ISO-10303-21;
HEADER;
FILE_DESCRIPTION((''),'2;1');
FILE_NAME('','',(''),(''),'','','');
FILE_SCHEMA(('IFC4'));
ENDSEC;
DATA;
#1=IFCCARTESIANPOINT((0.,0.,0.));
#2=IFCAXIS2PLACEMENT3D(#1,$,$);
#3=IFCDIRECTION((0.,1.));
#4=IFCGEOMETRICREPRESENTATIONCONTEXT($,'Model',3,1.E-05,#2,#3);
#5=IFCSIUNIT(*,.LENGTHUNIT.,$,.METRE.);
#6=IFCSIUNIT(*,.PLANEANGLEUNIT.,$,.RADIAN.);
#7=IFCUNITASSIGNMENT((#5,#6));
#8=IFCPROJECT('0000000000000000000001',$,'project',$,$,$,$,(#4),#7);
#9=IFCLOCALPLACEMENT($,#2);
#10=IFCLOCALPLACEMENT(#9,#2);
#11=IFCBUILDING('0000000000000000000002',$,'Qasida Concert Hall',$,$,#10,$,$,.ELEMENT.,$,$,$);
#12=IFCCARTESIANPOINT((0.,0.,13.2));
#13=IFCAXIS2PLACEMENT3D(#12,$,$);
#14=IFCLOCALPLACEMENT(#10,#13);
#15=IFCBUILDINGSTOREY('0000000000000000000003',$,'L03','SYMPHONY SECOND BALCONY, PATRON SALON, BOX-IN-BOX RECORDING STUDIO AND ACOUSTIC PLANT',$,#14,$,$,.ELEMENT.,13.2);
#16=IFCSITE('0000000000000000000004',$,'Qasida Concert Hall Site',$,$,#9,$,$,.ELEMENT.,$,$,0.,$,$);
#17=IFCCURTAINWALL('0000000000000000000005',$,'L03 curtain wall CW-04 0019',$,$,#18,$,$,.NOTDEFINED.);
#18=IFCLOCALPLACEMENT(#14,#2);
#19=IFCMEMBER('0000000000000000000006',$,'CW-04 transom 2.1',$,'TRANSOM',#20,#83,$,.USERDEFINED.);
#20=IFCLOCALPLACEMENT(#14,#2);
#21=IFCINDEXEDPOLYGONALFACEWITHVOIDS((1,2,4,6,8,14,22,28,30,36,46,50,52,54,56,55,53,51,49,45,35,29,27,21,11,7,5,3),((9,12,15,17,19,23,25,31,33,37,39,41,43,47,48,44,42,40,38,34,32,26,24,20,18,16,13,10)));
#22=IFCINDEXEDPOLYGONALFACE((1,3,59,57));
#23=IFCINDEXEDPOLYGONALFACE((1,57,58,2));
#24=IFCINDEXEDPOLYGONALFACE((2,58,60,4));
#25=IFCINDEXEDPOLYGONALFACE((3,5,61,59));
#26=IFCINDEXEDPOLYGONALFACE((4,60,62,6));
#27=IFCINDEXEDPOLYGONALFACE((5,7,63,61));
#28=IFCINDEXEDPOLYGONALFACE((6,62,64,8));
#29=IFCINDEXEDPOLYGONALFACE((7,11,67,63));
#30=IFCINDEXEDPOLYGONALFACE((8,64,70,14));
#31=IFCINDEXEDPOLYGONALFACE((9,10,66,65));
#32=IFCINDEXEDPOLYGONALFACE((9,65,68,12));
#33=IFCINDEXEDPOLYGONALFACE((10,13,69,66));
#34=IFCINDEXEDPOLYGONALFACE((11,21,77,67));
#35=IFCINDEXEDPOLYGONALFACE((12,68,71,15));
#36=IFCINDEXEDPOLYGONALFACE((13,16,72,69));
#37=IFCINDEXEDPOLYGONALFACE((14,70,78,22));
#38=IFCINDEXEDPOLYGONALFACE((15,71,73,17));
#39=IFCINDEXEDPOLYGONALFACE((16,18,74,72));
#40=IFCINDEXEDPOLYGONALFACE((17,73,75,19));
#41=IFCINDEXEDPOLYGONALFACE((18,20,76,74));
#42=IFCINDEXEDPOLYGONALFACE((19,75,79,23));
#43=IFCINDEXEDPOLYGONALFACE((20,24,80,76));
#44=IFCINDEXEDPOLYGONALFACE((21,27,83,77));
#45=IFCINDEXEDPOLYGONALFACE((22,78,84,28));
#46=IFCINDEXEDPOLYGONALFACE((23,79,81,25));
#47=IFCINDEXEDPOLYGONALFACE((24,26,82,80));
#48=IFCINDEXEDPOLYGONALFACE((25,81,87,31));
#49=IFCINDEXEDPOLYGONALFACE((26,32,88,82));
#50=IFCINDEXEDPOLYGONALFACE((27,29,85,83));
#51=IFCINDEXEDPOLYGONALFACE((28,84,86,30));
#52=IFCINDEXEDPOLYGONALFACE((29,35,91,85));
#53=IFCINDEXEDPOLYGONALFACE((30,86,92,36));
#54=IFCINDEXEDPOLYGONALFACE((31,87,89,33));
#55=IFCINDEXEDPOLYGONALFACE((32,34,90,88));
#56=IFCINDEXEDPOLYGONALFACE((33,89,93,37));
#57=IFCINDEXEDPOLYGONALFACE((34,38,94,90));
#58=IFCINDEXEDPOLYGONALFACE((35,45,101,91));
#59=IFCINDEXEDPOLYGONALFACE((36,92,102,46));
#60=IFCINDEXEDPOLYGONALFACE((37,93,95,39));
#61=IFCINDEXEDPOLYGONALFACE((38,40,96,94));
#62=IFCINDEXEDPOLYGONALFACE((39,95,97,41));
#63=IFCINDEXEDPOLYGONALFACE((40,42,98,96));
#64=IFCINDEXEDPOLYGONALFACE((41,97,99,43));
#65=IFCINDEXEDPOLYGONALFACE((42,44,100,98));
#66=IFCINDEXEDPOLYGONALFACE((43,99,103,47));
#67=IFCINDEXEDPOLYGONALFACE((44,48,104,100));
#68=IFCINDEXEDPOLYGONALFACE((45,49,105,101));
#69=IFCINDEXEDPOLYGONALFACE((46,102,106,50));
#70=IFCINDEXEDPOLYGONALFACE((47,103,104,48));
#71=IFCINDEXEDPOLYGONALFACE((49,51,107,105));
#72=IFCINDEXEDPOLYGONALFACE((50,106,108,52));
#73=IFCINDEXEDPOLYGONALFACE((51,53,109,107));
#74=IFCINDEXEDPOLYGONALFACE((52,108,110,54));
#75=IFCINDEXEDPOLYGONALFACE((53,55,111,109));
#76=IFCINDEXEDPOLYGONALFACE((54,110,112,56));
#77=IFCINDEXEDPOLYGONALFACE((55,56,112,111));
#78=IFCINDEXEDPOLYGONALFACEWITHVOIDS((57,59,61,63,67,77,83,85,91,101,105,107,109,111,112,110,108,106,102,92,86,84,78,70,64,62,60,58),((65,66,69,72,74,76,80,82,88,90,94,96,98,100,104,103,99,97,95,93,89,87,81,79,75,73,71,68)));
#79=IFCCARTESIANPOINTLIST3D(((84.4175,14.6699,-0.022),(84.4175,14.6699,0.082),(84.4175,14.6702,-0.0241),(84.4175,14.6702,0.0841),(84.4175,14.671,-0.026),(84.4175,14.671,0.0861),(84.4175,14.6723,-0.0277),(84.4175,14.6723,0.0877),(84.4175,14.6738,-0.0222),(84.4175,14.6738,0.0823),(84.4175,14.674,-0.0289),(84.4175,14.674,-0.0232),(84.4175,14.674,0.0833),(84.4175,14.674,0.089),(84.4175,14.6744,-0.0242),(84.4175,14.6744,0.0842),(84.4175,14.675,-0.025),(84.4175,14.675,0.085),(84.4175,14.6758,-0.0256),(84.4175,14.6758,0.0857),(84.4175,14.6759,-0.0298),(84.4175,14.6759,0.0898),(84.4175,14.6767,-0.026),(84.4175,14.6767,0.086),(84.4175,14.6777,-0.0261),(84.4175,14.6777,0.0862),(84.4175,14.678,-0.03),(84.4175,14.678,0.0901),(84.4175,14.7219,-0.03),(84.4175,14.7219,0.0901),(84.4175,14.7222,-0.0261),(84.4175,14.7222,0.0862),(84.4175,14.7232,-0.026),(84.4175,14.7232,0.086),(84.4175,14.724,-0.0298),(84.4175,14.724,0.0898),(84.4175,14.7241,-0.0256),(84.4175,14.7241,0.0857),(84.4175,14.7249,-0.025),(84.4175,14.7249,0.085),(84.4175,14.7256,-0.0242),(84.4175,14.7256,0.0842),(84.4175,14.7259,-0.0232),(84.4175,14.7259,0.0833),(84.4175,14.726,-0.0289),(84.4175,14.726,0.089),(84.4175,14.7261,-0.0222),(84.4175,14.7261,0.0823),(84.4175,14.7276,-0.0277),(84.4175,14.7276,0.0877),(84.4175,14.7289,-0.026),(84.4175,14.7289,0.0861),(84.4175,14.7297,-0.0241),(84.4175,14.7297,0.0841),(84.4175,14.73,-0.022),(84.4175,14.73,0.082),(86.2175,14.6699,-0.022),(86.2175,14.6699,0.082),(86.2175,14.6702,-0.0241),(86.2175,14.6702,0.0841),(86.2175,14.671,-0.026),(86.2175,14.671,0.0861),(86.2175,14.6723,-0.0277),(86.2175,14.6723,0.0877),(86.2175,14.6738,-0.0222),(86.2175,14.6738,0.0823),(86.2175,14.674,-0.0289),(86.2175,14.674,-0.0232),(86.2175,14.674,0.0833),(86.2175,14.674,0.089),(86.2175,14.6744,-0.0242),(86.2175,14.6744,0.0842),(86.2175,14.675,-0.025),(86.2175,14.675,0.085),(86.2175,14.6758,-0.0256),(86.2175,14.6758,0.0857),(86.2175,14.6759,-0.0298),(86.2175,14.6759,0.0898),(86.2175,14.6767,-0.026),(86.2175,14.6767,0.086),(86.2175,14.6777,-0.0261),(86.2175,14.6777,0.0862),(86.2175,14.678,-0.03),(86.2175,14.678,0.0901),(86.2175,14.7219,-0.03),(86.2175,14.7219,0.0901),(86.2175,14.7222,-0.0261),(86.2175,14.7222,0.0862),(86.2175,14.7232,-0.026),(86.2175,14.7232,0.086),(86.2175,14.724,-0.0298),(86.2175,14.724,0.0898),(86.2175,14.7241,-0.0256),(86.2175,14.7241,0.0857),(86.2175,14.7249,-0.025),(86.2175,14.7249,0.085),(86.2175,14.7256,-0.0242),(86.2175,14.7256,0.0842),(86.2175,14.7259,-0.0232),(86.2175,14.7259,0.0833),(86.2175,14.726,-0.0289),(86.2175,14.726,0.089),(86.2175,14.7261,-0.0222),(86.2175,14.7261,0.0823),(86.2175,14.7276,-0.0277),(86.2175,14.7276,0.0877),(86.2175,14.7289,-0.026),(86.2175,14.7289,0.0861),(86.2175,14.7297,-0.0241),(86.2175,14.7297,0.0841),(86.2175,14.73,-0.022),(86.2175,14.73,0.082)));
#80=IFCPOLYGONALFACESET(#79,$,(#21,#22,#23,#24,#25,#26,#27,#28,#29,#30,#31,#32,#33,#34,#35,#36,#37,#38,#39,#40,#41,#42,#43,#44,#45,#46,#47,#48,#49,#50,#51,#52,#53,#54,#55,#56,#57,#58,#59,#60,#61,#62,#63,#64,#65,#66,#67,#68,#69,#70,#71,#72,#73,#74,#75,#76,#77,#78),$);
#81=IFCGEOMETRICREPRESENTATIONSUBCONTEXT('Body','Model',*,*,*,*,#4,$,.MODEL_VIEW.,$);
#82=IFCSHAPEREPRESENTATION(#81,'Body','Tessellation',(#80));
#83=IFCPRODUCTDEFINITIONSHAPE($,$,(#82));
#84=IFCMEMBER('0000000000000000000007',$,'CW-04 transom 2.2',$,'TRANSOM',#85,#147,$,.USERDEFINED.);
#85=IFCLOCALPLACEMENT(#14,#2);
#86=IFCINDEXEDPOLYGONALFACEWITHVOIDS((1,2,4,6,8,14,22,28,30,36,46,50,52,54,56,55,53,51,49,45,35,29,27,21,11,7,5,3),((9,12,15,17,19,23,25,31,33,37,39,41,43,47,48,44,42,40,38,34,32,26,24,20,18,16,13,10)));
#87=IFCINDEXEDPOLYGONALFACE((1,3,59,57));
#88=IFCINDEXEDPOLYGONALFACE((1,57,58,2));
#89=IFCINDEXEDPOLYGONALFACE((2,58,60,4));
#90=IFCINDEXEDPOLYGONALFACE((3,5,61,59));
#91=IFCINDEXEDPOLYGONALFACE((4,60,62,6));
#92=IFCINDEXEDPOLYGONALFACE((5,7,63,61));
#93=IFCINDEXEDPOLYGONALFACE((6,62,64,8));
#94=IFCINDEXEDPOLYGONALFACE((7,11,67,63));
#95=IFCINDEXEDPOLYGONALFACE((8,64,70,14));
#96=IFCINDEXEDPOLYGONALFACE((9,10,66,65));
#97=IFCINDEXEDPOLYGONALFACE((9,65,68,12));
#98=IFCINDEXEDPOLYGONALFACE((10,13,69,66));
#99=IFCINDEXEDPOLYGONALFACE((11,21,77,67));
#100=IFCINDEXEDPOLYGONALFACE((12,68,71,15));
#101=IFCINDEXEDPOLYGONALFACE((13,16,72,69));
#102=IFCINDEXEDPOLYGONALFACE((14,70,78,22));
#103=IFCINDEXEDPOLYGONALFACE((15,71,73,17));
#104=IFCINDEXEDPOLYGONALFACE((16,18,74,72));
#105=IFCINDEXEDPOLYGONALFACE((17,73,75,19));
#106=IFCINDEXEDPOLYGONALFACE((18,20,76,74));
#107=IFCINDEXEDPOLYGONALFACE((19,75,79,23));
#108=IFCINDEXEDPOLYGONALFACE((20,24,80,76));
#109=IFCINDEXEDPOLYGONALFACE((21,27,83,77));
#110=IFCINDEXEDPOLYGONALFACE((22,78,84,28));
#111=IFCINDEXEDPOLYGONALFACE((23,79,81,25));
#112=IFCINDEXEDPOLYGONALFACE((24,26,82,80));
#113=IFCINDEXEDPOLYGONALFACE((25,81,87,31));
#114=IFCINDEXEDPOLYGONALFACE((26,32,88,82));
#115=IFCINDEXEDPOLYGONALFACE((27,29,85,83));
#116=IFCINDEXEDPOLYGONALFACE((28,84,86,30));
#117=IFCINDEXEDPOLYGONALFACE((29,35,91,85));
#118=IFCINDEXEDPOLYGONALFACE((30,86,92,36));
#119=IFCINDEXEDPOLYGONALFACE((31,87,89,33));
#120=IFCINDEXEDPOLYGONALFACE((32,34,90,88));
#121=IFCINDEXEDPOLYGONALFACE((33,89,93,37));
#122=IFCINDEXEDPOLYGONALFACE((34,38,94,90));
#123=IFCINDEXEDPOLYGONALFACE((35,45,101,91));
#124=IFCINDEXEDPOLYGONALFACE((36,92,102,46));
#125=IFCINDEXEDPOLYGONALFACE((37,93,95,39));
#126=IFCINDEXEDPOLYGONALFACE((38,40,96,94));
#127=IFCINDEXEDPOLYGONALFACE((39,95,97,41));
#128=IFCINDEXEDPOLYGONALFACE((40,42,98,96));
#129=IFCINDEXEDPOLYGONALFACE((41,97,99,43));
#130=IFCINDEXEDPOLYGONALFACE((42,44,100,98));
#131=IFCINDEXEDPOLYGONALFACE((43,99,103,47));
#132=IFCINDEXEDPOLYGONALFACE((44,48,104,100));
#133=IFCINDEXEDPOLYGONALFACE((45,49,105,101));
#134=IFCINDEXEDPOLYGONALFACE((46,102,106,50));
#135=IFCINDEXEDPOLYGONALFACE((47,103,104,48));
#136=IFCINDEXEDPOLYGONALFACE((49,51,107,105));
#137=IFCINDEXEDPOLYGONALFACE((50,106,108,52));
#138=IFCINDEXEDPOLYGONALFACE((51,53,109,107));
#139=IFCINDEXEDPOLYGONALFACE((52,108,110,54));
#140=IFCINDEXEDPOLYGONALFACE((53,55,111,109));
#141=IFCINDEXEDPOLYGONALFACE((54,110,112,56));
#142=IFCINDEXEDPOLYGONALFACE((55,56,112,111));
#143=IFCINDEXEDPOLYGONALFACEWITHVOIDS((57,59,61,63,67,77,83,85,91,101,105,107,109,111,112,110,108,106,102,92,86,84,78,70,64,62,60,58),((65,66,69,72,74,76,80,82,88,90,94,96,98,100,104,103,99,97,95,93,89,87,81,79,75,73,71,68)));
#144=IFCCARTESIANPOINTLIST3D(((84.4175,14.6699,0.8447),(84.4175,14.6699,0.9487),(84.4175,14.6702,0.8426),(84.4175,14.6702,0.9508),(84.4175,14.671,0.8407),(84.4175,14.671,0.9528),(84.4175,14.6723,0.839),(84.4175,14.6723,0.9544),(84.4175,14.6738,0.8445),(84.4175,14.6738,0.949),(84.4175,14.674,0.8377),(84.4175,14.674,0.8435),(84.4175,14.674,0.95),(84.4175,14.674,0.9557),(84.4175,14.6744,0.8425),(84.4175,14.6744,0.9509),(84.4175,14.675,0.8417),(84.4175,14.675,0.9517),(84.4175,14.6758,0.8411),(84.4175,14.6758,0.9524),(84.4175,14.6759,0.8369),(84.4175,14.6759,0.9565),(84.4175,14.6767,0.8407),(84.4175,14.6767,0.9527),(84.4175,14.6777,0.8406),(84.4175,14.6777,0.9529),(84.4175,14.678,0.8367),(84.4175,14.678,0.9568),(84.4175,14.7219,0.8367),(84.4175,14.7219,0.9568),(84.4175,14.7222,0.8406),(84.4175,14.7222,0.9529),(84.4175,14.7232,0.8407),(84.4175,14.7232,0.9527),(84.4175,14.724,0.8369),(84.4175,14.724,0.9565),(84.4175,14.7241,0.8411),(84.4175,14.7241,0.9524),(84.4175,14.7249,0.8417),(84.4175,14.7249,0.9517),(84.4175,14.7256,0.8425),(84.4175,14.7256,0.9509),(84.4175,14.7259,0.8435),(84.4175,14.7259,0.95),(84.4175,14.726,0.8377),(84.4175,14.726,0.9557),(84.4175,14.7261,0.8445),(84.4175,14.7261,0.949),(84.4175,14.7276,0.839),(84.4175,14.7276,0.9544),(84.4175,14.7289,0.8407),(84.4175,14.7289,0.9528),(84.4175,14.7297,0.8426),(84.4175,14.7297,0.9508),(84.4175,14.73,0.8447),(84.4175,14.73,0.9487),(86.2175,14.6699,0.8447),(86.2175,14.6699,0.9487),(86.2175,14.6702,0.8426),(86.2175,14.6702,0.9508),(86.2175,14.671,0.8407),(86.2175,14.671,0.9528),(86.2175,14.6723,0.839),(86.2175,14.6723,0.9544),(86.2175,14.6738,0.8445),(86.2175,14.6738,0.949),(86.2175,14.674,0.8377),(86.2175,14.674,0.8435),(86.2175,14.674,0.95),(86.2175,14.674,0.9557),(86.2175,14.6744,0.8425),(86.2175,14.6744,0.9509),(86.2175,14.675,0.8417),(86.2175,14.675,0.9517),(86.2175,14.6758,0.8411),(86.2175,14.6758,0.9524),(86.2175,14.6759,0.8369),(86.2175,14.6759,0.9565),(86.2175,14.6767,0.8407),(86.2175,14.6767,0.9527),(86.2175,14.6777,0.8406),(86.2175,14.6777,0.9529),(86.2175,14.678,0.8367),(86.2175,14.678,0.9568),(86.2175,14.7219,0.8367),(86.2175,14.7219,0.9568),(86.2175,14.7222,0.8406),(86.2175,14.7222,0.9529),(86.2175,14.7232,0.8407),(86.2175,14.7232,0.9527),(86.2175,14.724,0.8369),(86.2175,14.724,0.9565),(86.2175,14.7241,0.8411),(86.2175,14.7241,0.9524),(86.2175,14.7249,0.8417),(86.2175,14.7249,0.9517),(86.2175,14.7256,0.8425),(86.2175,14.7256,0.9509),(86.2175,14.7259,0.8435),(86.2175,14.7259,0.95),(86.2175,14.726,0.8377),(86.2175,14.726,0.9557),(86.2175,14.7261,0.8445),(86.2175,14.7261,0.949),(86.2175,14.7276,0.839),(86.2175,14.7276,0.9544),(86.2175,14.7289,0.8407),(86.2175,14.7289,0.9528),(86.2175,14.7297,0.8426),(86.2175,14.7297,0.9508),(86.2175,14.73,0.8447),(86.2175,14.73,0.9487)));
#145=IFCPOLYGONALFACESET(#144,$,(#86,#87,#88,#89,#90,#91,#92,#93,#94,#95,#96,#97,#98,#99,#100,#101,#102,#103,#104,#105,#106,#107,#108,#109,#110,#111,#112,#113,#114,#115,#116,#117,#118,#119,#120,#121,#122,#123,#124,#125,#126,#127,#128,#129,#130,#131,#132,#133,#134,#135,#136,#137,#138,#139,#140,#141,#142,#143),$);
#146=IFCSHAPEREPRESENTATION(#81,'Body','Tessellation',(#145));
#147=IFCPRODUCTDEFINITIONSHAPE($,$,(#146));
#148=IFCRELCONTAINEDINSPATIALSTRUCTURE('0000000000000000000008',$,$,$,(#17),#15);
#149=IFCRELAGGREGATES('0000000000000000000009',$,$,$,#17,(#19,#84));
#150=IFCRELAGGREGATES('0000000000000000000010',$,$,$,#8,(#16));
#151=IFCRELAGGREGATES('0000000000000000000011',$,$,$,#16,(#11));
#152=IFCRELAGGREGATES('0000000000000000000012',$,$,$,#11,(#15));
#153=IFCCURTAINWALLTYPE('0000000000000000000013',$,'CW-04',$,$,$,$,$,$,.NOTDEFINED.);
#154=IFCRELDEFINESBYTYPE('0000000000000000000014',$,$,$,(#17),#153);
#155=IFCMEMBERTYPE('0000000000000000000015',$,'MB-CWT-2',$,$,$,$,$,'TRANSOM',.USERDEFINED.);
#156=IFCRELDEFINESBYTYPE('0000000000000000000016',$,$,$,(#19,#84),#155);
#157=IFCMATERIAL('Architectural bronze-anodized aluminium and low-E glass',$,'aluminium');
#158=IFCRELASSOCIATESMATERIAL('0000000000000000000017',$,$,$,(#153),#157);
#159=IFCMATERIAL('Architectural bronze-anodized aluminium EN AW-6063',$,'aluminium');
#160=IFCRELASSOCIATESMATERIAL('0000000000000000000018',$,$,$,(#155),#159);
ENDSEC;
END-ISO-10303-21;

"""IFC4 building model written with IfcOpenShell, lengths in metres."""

from ifc_helpers import new_model, si_unit, direction, frame, origin, origin_2d, place, context, subcontext, project, spatial, hollow_rectangle, extrude, material, material_profile, profile_set, type_object, element, aggregate, save


model = new_model("IFC4")

# Units and contexts
model_context = context("Model", 3, precision=1e-05, world=origin(), true_north=direction((0.0, 1.0)))
body_context = subcontext(model_context, "Body", "Model", "MODEL_VIEW")
ifc_project = project(units=[si_unit("LENGTHUNIT", "METRE"), si_unit("PLANEANGLEUNIT", "RADIAN")], contexts=[model_context])

# Site, building, storey
site_placement = place(None, origin())
site = spatial("IfcSite", under=ifc_project, at=site_placement, Name="Qasida Concert Hall Site", CompositionType="ELEMENT", RefElevation=0.0)
building_placement = place(site_placement, origin())
building = spatial("IfcBuilding", under=site, at=building_placement, Name="Qasida Concert Hall", CompositionType="ELEMENT")
storey_placement = place(building_placement, frame((0.0, 0.0, 13.2)))
storey = spatial("IfcBuildingStorey", under=building, at=storey_placement, Name="L03", Description="SYMPHONY SECOND BALCONY, PATRON SALON, BOX-IN-BOX RECORDING STUDIO AND ACOUSTIC PLANT", CompositionType="ELEMENT", Elevation=13.2)

# Curtain wall
ifc_material_1 = material(Name="Architectural bronze-anodized aluminium and low-E glass", Category="aluminium")
curtain_wall_type = type_object("IfcCurtainWallType", Name="CW-04", PredefinedType="NOTDEFINED", material=ifc_material_1)
ifc_material_2 = material(Name="Architectural bronze-anodized aluminium EN AW-6063", Category="aluminium")
curtain_wall_1_placement = place(storey_placement, origin())
curtain_wall_1 = element("IfcCurtainWall", 1, at=curtain_wall_1_placement, inside=storey, type_object=curtain_wall_type, Name="L03 curtain wall CW-04 0019", PredefinedType="NOTDEFINED")

# Members
ifc_material_profile_1 = material_profile(ifc_material_2, hollow_rectangle(XDim=0.0601, YDim=0.1201, WallThickness=0.0039, InnerFilletRadius=0.0039, OuterFilletRadius=0.0081, at=origin_2d()), Name="CWT 120x60x4")
ifc_profile_set_1 = profile_set([ifc_material_profile_1], Name="Architectural bronze-anodized aluminium EN AW-6063")
member_type_1 = type_object("IfcMemberType", Name="MB-CWT-2", ElementType="TRANSOM", PredefinedType="USERDEFINED", material=ifc_profile_set_1)
member_1_placement = place(storey_placement, frame((84.4175, 14.7, 0.03), z_axis=(1.0, 0.0, 0.0), x_axis=(0.0, 1.0, 0.0)))
member_1 = element("IfcMember", 2, at=member_1_placement, type_object=member_type_1, Name="CW-04 transom 2.1", ObjectType="TRANSOM", PredefinedType="USERDEFINED", context=body_context, shape_type="SweptSolid", body=[
    extrude(hollow_rectangle(XDim=0.0601, YDim=0.1201, WallThickness=0.0039, InnerFilletRadius=0.0039, OuterFilletRadius=0.0081, at=origin_2d()), origin(), (0.0, 0.0, 1.0), 1.8),
])
member_2_placement = place(storey_placement, frame((84.4175, 14.7, 0.8967), z_axis=(1.0, 0.0, 0.0), x_axis=(0.0, 1.0, 0.0)))
member_2 = element("IfcMember", 3, at=member_2_placement, type_object=member_type_1, Name="CW-04 transom 2.2", ObjectType="TRANSOM", PredefinedType="USERDEFINED", context=body_context, shape_type="SweptSolid", body=[
    extrude(hollow_rectangle(XDim=0.0601, YDim=0.1201, WallThickness=0.0039, InnerFilletRadius=0.0039, OuterFilletRadius=0.0081, at=origin_2d()), origin(), (0.0, 0.0, 1.0), 1.8),
])

aggregate(curtain_wall_1, [member_1, member_2])

save(model, "model.ifc")
